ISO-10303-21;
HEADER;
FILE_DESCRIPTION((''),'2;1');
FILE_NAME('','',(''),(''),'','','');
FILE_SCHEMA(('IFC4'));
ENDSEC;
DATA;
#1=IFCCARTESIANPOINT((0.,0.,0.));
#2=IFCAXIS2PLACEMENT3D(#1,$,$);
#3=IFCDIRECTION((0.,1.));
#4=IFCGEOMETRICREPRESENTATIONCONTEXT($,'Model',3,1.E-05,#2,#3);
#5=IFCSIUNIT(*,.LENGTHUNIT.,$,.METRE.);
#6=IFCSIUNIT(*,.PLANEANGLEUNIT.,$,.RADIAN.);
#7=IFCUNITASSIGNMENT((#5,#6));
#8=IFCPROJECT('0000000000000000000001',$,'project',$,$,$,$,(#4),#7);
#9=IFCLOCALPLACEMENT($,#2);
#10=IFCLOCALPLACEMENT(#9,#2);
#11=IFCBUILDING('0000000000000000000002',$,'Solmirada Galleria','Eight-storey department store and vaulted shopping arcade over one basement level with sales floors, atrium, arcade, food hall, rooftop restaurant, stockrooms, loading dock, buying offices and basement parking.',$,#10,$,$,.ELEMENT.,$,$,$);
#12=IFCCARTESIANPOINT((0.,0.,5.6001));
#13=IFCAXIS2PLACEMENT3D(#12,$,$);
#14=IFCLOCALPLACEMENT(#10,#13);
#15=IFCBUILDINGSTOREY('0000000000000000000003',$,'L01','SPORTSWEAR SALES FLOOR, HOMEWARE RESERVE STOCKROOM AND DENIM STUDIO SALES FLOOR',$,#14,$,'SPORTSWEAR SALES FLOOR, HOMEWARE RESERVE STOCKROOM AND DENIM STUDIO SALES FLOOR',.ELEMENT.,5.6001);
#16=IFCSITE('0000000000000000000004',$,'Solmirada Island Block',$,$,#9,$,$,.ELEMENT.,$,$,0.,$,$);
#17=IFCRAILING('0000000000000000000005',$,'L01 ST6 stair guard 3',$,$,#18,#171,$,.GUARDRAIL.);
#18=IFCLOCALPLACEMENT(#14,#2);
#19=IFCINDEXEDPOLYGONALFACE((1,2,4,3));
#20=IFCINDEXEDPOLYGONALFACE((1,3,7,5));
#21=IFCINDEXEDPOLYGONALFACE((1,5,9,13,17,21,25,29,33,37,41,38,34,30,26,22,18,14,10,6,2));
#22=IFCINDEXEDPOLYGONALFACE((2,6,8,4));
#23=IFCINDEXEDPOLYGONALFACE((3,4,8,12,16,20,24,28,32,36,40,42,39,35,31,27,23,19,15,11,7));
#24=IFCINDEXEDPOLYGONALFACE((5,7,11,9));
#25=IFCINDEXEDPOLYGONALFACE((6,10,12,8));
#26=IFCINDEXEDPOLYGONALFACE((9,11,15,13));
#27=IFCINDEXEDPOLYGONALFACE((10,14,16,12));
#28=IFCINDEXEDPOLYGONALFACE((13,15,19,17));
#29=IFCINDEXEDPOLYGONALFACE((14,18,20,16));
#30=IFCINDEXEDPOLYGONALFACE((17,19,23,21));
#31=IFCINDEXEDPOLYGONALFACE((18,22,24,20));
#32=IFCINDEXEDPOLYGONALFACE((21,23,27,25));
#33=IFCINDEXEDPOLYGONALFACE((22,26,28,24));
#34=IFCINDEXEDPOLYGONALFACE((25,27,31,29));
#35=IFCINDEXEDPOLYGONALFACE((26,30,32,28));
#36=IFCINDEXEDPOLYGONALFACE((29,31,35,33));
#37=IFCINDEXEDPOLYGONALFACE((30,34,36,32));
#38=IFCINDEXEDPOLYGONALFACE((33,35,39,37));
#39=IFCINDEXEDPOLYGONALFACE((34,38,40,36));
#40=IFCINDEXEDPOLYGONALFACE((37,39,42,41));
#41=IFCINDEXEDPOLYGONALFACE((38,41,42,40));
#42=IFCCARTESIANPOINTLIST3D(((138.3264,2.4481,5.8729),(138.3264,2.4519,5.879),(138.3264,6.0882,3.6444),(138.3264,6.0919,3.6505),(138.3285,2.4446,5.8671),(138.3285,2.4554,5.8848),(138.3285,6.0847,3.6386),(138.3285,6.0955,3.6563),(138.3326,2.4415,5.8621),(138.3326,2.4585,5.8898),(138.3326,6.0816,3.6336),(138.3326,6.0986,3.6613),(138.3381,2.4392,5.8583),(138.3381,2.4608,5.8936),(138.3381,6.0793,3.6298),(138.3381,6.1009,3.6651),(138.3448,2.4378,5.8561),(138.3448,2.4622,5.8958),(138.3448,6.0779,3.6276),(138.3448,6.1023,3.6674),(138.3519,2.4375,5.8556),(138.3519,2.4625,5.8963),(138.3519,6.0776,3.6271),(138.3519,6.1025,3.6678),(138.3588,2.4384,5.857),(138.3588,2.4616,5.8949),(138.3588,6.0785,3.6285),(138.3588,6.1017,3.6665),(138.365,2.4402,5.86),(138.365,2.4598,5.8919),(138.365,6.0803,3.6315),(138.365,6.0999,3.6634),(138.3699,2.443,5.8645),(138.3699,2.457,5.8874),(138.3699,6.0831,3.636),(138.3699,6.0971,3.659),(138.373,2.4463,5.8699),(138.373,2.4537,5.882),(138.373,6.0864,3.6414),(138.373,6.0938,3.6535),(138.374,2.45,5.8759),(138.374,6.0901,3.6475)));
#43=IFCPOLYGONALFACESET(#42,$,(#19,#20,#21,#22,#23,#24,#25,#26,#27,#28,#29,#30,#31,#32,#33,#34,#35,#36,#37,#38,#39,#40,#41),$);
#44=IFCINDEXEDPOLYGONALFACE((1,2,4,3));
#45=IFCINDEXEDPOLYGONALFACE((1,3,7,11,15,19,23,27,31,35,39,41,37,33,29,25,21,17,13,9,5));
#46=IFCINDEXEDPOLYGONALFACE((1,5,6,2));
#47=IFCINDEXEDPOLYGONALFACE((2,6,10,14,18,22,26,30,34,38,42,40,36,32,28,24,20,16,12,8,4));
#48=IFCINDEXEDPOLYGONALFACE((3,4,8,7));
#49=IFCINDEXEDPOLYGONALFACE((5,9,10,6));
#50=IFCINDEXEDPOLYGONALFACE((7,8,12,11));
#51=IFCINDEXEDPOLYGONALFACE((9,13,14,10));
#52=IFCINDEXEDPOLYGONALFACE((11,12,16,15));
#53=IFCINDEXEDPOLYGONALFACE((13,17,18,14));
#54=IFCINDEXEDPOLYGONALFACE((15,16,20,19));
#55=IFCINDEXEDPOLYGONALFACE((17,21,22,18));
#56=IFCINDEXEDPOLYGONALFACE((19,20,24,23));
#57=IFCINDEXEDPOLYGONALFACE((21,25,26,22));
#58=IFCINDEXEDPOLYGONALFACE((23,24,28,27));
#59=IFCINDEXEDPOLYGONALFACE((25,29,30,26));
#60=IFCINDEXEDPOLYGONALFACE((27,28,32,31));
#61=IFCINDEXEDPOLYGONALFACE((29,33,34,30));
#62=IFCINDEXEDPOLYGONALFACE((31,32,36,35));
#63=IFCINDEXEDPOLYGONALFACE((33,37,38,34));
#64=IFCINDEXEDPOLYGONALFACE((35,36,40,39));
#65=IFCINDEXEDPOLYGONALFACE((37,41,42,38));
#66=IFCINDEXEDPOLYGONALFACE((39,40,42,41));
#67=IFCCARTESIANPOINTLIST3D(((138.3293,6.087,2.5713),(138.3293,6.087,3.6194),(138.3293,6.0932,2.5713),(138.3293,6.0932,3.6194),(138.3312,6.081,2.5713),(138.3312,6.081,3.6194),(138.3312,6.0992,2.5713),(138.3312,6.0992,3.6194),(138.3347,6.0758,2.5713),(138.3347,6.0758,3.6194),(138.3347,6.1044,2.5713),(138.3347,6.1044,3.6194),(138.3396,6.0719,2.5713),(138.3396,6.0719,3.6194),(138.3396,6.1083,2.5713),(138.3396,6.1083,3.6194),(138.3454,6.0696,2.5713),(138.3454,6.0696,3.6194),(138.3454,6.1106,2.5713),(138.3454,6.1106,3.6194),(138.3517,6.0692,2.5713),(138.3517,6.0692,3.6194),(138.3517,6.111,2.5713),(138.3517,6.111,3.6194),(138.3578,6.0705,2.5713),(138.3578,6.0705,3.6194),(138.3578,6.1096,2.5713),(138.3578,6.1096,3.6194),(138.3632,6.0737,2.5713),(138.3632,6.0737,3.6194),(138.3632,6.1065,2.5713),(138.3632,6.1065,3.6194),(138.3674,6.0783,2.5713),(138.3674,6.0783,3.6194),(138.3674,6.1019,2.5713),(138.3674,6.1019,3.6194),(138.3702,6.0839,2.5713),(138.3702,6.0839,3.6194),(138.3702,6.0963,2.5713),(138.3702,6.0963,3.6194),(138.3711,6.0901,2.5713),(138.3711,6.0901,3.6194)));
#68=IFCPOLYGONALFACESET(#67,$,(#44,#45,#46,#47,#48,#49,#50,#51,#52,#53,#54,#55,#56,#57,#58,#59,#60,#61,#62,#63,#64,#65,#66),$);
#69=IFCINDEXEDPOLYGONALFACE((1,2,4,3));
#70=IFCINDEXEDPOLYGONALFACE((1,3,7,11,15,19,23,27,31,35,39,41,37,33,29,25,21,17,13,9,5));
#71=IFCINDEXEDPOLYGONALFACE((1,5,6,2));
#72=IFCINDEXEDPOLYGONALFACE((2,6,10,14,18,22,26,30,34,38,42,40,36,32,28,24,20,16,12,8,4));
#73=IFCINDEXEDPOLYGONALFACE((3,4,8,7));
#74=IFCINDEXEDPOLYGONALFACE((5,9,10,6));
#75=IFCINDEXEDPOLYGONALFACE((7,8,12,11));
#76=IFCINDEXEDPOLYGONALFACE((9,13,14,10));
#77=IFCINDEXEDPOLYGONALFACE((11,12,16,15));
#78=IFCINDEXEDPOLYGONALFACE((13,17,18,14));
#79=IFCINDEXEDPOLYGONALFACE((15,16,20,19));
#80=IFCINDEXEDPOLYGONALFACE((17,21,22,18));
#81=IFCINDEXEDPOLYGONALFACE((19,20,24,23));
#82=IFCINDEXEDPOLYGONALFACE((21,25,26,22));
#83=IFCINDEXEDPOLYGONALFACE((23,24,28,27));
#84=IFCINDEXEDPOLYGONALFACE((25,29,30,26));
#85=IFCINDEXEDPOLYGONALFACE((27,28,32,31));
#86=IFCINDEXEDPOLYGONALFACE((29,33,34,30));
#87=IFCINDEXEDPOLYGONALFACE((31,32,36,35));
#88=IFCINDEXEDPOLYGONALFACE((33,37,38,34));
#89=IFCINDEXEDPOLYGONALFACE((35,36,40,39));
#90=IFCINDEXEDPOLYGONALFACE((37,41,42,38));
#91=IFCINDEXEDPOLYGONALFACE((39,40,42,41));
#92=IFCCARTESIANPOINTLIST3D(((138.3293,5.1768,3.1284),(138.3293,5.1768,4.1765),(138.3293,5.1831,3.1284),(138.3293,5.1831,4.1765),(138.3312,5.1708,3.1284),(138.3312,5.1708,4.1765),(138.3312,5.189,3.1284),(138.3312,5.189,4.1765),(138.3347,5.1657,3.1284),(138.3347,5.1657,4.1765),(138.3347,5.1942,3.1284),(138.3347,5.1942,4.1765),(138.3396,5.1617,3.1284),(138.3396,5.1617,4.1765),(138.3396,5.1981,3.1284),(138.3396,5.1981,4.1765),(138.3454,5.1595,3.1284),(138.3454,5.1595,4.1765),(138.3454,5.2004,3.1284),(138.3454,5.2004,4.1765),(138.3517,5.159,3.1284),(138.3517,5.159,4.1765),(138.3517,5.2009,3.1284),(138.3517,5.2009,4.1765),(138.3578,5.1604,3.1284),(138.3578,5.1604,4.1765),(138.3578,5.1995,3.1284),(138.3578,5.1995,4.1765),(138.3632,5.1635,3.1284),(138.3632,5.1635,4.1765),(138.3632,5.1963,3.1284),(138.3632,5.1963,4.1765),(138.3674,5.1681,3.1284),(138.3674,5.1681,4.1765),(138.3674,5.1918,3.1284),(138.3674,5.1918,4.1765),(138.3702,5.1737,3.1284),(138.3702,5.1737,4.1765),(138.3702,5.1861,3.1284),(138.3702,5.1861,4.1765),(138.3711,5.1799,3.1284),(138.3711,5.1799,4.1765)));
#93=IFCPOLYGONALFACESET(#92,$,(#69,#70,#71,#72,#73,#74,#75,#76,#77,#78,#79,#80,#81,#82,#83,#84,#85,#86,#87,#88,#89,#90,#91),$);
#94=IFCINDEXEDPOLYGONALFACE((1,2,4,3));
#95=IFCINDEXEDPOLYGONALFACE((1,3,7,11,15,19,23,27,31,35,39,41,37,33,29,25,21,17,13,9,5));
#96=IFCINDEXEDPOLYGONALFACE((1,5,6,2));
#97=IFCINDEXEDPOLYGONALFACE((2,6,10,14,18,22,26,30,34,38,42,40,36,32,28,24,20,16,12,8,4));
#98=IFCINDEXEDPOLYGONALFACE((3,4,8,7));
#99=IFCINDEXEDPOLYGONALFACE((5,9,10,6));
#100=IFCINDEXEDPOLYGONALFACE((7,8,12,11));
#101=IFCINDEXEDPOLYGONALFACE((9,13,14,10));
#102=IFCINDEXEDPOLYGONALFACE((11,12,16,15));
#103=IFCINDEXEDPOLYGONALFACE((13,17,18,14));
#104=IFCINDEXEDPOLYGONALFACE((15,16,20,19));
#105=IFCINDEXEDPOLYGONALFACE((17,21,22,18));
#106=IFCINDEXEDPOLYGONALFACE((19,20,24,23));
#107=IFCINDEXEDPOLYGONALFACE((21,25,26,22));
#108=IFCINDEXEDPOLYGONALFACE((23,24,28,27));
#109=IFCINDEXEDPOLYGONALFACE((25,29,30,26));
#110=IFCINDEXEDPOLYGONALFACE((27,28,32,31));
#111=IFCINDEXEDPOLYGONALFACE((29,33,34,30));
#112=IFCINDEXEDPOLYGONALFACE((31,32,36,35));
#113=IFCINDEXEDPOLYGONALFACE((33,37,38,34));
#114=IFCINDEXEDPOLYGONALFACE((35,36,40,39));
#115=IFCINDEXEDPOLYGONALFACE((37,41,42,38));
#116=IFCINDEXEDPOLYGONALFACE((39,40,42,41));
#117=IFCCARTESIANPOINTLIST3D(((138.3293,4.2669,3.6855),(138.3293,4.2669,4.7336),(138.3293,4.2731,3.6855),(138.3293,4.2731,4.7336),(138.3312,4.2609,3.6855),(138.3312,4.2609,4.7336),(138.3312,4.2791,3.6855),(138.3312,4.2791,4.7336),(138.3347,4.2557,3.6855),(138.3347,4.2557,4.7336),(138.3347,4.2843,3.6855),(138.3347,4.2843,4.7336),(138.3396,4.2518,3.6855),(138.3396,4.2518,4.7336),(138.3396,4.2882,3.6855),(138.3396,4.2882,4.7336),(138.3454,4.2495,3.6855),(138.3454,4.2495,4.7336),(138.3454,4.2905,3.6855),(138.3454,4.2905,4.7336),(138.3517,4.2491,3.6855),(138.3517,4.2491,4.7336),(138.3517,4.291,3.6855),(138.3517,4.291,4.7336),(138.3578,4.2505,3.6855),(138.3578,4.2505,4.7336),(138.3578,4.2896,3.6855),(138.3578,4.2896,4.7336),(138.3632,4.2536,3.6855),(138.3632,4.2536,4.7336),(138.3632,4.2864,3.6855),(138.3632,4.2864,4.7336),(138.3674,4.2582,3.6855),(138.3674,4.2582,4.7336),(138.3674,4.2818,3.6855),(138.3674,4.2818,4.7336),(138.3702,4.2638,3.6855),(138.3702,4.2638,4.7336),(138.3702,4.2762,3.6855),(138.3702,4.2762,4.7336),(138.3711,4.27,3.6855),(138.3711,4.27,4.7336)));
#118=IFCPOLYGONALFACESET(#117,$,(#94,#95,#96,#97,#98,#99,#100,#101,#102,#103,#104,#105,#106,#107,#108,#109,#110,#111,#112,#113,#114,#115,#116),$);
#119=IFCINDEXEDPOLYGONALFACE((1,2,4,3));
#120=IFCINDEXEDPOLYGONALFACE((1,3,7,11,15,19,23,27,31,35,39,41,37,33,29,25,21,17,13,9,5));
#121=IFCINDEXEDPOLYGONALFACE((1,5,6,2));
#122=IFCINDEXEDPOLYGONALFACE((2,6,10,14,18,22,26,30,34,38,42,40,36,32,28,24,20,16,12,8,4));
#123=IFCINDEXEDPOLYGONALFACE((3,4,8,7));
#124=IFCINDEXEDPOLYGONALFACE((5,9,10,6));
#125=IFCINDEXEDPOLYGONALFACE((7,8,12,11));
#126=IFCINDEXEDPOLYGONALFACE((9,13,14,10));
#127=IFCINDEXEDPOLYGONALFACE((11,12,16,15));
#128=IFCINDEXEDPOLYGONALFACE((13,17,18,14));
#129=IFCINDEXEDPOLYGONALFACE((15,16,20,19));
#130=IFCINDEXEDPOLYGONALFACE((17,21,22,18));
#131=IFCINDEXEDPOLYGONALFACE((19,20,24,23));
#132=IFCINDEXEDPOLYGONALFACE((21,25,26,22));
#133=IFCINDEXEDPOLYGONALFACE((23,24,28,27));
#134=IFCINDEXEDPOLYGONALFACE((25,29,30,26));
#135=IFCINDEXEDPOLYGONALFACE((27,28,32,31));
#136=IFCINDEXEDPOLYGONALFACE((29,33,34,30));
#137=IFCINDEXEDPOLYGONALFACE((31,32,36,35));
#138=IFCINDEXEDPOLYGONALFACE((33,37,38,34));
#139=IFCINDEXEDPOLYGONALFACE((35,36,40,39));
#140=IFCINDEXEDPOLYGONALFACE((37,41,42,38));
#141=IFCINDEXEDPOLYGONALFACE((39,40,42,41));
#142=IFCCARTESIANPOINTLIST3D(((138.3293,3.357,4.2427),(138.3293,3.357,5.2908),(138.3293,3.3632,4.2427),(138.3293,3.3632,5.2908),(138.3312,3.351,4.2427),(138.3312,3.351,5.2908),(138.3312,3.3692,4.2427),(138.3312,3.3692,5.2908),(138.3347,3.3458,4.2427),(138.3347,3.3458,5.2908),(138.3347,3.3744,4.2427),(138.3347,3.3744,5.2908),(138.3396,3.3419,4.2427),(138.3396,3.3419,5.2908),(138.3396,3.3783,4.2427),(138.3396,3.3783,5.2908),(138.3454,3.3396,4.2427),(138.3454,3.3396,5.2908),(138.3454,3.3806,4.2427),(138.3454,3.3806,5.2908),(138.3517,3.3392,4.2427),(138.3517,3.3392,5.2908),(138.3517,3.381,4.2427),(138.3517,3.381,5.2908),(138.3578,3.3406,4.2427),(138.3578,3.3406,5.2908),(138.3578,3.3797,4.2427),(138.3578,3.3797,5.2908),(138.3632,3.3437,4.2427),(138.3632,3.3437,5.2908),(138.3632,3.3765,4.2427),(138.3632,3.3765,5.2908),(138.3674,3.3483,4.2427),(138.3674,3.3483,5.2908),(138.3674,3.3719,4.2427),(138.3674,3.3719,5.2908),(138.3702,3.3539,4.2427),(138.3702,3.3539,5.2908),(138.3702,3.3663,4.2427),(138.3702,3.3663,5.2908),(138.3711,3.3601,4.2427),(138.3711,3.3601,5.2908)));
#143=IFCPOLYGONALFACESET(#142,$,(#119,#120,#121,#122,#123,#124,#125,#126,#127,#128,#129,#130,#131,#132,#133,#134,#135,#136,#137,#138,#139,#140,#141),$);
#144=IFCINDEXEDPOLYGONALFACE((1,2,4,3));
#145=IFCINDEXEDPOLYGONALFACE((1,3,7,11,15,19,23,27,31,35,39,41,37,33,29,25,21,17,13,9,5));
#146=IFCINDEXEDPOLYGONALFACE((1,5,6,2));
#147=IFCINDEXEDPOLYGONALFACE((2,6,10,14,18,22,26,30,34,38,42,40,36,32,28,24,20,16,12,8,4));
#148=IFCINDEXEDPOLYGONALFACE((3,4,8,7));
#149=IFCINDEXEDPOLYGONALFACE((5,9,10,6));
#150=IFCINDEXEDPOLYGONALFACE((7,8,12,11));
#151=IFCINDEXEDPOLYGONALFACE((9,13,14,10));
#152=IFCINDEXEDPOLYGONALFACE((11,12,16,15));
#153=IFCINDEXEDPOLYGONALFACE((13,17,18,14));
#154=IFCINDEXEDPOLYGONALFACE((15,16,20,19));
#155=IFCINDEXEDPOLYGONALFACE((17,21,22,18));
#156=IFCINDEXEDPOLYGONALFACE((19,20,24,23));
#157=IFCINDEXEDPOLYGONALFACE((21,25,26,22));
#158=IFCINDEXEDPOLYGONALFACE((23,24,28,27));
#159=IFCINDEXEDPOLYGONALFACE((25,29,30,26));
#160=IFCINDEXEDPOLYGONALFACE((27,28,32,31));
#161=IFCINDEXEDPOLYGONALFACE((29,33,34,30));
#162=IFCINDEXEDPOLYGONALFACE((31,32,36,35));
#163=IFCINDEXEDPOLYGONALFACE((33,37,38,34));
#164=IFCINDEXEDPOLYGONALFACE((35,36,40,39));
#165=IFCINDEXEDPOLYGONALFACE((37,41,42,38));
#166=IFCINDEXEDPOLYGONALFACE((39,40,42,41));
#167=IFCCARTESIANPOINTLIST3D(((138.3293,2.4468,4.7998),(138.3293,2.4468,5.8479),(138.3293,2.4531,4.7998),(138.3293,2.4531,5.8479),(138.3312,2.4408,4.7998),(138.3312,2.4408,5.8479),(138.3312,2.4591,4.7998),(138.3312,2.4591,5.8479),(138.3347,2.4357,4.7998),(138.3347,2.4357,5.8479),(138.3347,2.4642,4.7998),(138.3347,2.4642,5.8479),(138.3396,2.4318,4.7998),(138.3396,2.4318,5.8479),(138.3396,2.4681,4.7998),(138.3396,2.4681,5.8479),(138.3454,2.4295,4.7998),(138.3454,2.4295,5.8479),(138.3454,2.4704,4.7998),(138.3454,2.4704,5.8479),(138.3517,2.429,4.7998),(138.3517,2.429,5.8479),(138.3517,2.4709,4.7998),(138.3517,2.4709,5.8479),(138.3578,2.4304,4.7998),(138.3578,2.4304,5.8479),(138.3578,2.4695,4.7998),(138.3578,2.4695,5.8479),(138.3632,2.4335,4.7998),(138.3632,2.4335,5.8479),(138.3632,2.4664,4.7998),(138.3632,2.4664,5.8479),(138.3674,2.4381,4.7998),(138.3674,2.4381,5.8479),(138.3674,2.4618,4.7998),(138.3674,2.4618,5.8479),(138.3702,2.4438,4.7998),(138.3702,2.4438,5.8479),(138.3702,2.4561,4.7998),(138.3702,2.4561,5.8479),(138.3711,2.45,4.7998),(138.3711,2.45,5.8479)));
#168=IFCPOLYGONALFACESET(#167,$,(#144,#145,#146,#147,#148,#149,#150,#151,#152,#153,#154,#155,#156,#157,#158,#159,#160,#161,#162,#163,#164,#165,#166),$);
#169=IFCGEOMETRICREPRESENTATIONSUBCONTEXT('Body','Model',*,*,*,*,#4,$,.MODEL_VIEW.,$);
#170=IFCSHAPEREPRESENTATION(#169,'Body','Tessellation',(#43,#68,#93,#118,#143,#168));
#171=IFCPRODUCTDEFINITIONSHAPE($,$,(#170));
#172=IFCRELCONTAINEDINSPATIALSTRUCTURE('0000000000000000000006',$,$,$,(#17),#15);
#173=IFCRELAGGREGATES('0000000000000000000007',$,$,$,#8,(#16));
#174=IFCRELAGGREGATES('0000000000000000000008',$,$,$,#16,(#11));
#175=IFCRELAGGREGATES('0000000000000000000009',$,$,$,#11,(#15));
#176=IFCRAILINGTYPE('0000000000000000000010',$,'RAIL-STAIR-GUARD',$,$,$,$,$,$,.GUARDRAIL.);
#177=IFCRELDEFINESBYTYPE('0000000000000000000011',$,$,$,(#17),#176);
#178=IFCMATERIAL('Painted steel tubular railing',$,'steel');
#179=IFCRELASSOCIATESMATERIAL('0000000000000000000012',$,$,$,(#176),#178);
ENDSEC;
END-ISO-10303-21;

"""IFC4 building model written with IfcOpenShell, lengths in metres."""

from ifc_helpers import new_model, si_unit, direction, frame, origin, origin_2d, place, context, subcontext, project, spatial, circle, extrude, material, type_object, element, save


model = new_model("IFC4")

# Units and contexts
model_context = context("Model", 3, precision=1e-05, world=origin(), true_north=direction((0.0, 1.0)))
body_context = subcontext(model_context, "Body", "Model", "MODEL_VIEW")
ifc_project = project(units=[si_unit("LENGTHUNIT", "METRE"), si_unit("PLANEANGLEUNIT", "RADIAN")], contexts=[model_context])

# Site, building, storey
site_placement = place(None, origin())
site = spatial("IfcSite", under=ifc_project, at=site_placement, Name="Solmirada Island Block", CompositionType="ELEMENT", RefElevation=0.0)
building_placement = place(site_placement, origin())
building = spatial("IfcBuilding", under=site, at=building_placement, Name="Solmirada Galleria", Description="Eight-storey department store and vaulted shopping arcade over one basement level with sales floors, atrium, arcade, food hall, rooftop restaurant, stockrooms, loading dock, buying offices and basement parking.", CompositionType="ELEMENT")
storey_placement = place(building_placement, frame((0.0, 0.0, 5.6001)))
storey = spatial("IfcBuildingStorey", under=building, at=storey_placement, Name="L01", Description="SPORTSWEAR SALES FLOOR, HOMEWARE RESERVE STOCKROOM AND DENIM STUDIO SALES FLOOR", LongName="SPORTSWEAR SALES FLOOR, HOMEWARE RESERVE STOCKROOM AND DENIM STUDIO SALES FLOOR", CompositionType="ELEMENT", Elevation=5.6001)

# Railing
ifc_material_1 = material(Name="Painted steel tubular railing", Category="steel")
railing_type_1 = type_object("IfcRailingType", Name="RAIL-STAIR-GUARD", PredefinedType="GUARDRAIL", material=ifc_material_1)
railing_1_placement = place(storey_placement, frame((138.3501, 6.0901, 2.5713)))
element("IfcRailing", 1, at=railing_1_placement, inside=storey, type_object=railing_type_1, Name="L01 ST6 stair guard 3", PredefinedType="GUARDRAIL", context=body_context, shape_type="SweptSolid", body=[
    extrude(circle(Radius=0.0239, at=origin_2d()), frame((0.0, 0.0, 1.0762), z_axis=(0.0, -0.852866, 0.52213), x_axis=(1.0, 0.0, 0.0)), (0.0, 0.0, 1.0), 4.2681),
    extrude(circle(Radius=0.021, at=origin_2d()), origin(), (0.0, 0.0, 1.0), 1.0481),
    extrude(circle(Radius=0.021, at=origin_2d()), frame((0.0, -0.9102, 0.5571)), (0.0, 0.0, 1.0), 1.0481),
    extrude(circle(Radius=0.021, at=origin_2d()), frame((0.0, -1.8201, 1.1143)), (0.0, 0.0, 1.0), 1.0481),
    extrude(circle(Radius=0.021, at=origin_2d()), frame((0.0, -2.73, 1.6714)), (0.0, 0.0, 1.0), 1.0481),
    extrude(circle(Radius=0.021, at=origin_2d()), frame((0.0, -3.6401, 2.2285)), (0.0, 0.0, 1.0), 1.0481),
])

save(model, "model.ifc")
